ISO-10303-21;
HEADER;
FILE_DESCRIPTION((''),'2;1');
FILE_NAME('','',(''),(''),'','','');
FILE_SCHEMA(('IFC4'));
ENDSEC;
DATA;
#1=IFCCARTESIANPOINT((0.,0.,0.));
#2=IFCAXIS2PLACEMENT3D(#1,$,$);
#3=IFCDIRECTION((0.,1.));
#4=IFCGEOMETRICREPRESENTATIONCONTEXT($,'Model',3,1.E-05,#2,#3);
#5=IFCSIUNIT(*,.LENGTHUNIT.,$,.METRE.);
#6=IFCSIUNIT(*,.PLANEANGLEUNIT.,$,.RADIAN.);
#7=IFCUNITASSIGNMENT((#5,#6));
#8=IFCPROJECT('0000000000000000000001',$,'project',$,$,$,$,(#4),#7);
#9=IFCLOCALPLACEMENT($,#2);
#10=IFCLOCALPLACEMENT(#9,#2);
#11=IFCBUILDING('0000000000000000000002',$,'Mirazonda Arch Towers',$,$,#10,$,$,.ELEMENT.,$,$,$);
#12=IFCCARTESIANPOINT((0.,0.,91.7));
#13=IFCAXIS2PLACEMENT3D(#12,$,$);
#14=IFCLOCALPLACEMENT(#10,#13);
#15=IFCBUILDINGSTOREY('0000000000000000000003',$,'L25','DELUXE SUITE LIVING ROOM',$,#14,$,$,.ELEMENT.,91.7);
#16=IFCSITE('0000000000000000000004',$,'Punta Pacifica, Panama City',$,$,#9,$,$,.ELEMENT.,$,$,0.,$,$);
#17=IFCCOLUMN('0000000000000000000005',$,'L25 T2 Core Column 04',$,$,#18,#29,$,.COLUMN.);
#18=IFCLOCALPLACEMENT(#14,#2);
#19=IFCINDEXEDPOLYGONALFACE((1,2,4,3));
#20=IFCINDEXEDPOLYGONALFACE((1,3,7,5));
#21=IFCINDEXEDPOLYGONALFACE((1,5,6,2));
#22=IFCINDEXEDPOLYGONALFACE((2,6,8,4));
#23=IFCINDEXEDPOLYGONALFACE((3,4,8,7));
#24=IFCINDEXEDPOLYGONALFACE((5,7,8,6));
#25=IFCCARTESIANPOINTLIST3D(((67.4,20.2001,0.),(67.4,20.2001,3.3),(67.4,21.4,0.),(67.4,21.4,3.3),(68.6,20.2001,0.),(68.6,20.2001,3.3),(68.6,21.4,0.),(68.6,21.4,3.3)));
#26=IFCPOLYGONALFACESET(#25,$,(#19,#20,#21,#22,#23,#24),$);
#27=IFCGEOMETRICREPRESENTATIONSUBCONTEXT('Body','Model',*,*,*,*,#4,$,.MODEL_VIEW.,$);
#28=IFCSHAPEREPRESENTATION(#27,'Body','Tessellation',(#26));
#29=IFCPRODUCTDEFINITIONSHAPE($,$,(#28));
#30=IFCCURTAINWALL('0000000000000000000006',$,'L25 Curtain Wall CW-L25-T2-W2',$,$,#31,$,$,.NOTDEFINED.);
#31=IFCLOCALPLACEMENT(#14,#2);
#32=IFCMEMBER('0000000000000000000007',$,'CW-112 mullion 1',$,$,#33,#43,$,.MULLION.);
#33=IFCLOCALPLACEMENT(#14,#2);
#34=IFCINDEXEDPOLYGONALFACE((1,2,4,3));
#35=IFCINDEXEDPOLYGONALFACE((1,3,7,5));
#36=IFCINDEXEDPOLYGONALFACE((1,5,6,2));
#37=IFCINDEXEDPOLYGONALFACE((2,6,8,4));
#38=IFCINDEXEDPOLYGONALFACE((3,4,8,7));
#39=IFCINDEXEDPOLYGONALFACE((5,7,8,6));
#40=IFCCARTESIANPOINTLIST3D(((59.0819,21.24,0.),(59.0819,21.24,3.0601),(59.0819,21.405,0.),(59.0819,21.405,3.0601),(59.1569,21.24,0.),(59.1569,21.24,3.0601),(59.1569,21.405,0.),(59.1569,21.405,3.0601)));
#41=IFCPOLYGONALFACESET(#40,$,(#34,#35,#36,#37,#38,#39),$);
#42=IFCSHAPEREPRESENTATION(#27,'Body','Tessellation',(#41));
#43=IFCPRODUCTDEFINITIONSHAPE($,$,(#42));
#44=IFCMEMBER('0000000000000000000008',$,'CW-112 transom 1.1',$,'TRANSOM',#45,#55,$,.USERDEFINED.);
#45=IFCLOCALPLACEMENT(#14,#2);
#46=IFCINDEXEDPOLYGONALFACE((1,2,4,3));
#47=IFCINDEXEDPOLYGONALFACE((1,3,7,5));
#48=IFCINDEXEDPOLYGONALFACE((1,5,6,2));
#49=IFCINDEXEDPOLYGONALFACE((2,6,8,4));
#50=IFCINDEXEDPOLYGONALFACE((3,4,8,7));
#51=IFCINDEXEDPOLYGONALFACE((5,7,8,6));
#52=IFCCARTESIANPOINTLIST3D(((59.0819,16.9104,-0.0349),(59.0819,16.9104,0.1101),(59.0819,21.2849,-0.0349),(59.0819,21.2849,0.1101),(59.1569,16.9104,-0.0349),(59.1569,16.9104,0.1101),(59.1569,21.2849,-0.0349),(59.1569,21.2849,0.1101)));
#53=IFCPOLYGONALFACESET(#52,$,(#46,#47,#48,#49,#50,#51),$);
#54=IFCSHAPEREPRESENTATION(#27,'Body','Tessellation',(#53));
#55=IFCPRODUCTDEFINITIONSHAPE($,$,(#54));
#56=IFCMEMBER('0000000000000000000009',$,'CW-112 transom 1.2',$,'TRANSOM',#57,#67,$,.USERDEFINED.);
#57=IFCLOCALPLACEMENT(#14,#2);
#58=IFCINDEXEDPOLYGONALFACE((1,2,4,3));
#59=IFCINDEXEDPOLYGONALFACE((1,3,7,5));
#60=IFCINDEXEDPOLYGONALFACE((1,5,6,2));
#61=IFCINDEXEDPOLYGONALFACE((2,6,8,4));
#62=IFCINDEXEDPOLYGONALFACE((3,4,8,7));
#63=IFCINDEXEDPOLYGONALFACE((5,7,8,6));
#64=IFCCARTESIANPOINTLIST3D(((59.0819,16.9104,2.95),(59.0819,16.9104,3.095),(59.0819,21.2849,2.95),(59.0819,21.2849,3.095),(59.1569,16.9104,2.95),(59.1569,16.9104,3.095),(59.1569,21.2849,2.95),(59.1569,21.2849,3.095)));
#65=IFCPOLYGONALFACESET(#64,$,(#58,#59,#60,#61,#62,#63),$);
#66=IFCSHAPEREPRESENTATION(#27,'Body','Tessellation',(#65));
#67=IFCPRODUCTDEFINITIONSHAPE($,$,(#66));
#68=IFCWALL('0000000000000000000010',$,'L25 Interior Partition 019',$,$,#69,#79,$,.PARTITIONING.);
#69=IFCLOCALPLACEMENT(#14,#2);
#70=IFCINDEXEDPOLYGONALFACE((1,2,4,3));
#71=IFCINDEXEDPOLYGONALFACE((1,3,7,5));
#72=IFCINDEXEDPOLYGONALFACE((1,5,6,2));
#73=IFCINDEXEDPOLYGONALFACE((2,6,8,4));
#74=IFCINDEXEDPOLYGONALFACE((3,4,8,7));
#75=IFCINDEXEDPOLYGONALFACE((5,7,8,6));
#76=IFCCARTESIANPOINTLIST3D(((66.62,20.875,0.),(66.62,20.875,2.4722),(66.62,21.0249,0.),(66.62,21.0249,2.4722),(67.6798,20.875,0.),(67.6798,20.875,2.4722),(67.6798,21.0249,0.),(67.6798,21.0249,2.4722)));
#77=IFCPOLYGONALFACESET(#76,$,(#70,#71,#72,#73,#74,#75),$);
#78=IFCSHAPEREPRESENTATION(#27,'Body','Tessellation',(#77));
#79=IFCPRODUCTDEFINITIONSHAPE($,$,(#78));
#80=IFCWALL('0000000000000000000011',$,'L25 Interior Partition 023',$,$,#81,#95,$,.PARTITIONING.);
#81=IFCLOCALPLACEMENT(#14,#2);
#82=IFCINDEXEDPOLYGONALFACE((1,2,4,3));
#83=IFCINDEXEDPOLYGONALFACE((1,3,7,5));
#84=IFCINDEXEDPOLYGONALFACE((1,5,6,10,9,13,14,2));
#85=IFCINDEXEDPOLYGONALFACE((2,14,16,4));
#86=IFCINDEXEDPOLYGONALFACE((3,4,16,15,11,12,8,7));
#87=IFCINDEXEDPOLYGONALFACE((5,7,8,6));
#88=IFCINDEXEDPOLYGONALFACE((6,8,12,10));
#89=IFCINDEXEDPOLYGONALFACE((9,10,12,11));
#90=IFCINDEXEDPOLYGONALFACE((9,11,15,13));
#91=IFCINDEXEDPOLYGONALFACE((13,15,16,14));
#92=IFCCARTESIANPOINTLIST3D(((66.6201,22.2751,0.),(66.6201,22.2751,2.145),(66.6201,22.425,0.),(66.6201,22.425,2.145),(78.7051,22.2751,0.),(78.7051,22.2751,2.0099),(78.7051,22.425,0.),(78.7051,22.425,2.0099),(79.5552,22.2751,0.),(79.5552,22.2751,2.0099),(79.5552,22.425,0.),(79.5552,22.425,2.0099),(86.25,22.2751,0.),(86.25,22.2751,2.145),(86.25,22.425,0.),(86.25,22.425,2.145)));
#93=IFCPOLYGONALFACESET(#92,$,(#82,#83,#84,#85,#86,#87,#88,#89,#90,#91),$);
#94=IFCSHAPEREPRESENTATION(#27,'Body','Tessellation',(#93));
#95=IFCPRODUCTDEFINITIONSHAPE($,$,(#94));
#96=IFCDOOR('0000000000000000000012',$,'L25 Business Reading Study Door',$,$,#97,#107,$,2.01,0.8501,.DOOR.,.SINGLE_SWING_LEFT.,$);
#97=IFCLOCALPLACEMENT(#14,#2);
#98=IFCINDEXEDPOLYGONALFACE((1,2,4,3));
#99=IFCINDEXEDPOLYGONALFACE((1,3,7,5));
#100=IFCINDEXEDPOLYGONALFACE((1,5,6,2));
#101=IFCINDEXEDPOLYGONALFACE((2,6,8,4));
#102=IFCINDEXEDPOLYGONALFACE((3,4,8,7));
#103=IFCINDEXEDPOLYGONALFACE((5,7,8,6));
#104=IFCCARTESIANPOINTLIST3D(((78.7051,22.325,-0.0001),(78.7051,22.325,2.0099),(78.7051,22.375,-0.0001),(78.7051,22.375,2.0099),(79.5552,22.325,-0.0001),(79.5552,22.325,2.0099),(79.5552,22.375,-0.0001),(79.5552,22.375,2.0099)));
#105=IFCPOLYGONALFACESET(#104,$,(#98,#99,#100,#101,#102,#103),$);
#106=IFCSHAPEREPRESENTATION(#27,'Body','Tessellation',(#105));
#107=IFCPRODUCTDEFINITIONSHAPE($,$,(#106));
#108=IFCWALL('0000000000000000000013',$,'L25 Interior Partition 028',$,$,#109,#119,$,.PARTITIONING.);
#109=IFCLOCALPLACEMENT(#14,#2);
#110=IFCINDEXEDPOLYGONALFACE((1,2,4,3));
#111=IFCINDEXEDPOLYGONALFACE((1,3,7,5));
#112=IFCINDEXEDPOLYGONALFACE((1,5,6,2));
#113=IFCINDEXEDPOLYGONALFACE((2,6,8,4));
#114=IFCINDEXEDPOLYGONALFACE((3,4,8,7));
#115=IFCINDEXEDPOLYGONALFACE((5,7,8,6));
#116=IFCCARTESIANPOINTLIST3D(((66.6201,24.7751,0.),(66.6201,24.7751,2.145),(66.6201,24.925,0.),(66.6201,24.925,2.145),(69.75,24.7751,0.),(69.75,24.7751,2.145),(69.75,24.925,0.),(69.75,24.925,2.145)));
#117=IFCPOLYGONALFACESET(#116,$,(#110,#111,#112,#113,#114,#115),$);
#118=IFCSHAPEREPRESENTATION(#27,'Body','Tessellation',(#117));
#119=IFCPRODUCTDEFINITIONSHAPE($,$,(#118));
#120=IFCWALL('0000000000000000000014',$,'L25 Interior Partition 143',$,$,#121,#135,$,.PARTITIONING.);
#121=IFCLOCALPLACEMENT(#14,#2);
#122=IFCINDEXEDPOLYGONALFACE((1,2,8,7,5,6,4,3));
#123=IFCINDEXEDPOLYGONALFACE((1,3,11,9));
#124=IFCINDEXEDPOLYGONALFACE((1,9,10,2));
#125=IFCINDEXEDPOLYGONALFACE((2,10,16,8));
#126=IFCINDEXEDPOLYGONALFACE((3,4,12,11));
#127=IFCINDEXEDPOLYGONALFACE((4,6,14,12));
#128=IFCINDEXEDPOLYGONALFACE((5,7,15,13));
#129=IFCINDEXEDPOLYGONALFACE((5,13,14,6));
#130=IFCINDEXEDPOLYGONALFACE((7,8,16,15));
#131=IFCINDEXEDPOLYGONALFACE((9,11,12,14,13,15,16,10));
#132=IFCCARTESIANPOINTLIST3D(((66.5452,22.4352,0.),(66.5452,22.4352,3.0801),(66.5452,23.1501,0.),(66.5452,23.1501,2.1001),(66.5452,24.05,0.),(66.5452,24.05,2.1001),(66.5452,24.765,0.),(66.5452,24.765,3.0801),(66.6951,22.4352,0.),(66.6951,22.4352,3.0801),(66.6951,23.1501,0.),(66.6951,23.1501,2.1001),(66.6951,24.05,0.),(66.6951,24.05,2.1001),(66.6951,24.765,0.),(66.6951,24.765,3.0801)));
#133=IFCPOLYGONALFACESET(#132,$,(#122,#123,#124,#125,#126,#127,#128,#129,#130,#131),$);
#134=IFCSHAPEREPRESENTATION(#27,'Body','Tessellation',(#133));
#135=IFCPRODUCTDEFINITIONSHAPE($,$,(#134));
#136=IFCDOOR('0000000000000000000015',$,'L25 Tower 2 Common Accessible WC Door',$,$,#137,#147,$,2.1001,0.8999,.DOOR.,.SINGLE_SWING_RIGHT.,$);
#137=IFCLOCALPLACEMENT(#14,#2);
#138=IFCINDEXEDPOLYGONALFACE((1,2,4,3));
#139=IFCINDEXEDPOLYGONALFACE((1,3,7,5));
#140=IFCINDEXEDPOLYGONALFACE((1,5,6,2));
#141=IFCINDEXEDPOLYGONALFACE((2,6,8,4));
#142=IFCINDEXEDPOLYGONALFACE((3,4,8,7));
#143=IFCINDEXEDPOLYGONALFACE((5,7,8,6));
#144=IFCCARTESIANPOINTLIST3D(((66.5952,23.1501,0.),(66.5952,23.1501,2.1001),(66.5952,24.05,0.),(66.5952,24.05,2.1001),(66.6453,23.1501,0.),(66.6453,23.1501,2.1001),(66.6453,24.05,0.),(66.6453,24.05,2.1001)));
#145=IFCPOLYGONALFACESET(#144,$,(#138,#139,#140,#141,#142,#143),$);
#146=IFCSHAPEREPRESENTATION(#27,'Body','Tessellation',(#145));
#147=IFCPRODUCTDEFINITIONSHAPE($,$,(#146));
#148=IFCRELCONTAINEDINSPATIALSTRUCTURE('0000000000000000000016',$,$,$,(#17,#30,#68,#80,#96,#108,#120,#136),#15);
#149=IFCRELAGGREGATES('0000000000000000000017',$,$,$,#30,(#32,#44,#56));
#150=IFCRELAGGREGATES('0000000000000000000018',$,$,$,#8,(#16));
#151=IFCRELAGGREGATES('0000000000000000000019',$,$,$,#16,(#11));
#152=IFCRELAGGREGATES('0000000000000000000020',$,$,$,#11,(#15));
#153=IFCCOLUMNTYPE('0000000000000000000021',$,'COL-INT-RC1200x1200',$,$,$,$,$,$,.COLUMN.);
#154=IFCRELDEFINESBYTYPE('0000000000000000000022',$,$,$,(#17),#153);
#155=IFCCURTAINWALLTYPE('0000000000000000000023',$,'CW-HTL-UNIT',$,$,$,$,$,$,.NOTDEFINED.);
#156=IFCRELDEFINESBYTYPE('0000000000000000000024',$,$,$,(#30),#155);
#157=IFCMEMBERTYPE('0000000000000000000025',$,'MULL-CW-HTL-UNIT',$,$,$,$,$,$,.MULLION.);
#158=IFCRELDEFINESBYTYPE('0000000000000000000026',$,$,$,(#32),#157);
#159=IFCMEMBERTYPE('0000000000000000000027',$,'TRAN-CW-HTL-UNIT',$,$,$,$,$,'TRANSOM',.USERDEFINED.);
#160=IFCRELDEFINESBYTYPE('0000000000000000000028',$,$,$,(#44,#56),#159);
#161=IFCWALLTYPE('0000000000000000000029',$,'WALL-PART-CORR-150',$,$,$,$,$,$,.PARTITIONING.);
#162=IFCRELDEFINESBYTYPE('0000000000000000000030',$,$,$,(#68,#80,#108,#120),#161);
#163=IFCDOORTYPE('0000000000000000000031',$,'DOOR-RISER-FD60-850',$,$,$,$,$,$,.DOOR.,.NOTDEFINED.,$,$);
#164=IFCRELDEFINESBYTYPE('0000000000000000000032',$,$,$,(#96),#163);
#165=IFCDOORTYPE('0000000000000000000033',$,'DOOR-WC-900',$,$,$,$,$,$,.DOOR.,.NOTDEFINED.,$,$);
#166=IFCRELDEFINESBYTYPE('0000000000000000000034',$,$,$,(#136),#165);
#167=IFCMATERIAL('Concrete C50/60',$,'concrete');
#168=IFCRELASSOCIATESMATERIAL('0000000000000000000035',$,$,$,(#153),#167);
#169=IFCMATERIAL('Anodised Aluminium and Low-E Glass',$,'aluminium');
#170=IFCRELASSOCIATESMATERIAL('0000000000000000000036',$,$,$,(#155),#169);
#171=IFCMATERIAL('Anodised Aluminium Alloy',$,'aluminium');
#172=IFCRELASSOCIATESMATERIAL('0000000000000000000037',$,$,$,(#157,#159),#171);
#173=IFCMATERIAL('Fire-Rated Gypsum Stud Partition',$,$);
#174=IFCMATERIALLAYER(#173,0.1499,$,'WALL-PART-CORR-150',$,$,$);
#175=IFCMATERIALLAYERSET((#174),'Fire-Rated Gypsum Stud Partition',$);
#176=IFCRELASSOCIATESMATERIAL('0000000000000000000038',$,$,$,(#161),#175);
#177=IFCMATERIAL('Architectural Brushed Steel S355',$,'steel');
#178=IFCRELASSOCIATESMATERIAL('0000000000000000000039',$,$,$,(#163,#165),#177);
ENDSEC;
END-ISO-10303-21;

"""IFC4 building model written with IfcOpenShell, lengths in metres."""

from ifc_helpers import new_model, si_unit, direction, frame, frame_2d, origin, origin_2d, place, context, subcontext, project, spatial, rectangle, extrude, material, layer, layer_set, material_profile, profile_set, type_object, element, fill, aggregate, save


model = new_model("IFC4")

# Units and contexts
model_context = context("Model", 3, precision=1e-05, world=origin(), true_north=direction((0.0, 1.0)))
body_context = subcontext(model_context, "Body", "Model", "MODEL_VIEW")
ifc_project = project(units=[si_unit("LENGTHUNIT", "METRE"), si_unit("PLANEANGLEUNIT", "RADIAN")], contexts=[model_context])

# Site, building, storey
site_placement = place(None, origin())
site = spatial("IfcSite", under=ifc_project, at=site_placement, Name="Punta Pacifica, Panama City", CompositionType="ELEMENT", RefElevation=0.0)
building_placement = place(site_placement, origin())
building = spatial("IfcBuilding", under=site, at=building_placement, Name="Mirazonda Arch Towers", CompositionType="ELEMENT")
storey_placement = place(building_placement, frame((0.0, 0.0, 91.7)))
storey = spatial("IfcBuildingStorey", under=building, at=storey_placement, Name="L25", Description="DELUXE SUITE LIVING ROOM", CompositionType="ELEMENT", Elevation=91.7)

# Column
ifc_material_1 = material(Name="Concrete C50/60", Category="concrete")
ifc_material_profile_1 = material_profile(ifc_material_1, rectangle(XDim=1.2, YDim=1.2, at=origin_2d()), Name="RC1200x1200")
ifc_profile_set_1 = profile_set([ifc_material_profile_1], Name="Concrete C50/60")
column_type = type_object("IfcColumnType", Name="COL-INT-RC1200x1200", PredefinedType="COLUMN", material=ifc_profile_set_1)
column_placement = place(storey_placement, frame((68.0, 20.8, 0.0), z_axis=(0.0, 0.0, 1.0), x_axis=(1.0, 0.0, 0.0)))
element("IfcColumn", 1, at=column_placement, inside=storey, type_object=column_type, Name="L25 T2 Core Column 04", PredefinedType="COLUMN", context=body_context, shape_type="SweptSolid", body=[
    extrude(rectangle(XDim=1.2, YDim=1.2, at=origin_2d()), origin(), (0.0, 0.0, 1.0), 3.3),
])

# Curtain wall, members
ifc_material_2 = material(Name="Anodised Aluminium and Low-E Glass", Category="aluminium")
curtain_wall_type = type_object("IfcCurtainWallType", Name="CW-HTL-UNIT", PredefinedType="NOTDEFINED", material=ifc_material_2)
curtain_wall_placement = place(storey_placement, origin())
curtain_wall = element("IfcCurtainWall", 2, at=curtain_wall_placement, inside=storey, type_object=curtain_wall_type, Name="L25 Curtain Wall CW-L25-T2-W2", PredefinedType="NOTDEFINED")
ifc_material_3 = material(Name="Anodised Aluminium Alloy", Category="aluminium")
ifc_material_profile_2 = material_profile(ifc_material_3, rectangle(XDim=0.075, YDim=0.165, at=origin_2d()), Name="ALU-MULL-75x165")
ifc_profile_set_2 = profile_set([ifc_material_profile_2], Name="Anodised Aluminium Alloy")
member_type_1 = type_object("IfcMemberType", Name="MULL-CW-HTL-UNIT", PredefinedType="MULLION", material=ifc_profile_set_2)
member_1_placement = place(storey_placement, frame((59.1194, 21.3225, 0.0), z_axis=(0.0, 0.0, 1.0), x_axis=(1.0, 0.0, 0.0)))
member_1 = element("IfcMember", 3, at=member_1_placement, type_object=member_type_1, Name="CW-112 mullion 1", PredefinedType="MULLION", context=body_context, shape_type="SweptSolid", body=[
    extrude(rectangle(XDim=0.075, YDim=0.165, at=origin_2d()), origin(), (0.0, 0.0, 1.0), 3.0601),
])
ifc_material_profile_3 = material_profile(ifc_material_3, rectangle(XDim=0.075, YDim=0.145, at=origin_2d()), Name="ALU-TRAN-75x145")
ifc_profile_set_3 = profile_set([ifc_material_profile_3], Name="Anodised Aluminium Alloy")
member_type_2 = type_object("IfcMemberType", Name="TRAN-CW-HTL-UNIT", ElementType="TRANSOM", PredefinedType="USERDEFINED", material=ifc_profile_set_3)
member_2_placement = place(storey_placement, frame((59.1194, 21.2849, 0.0376), z_axis=(0.0, -1.0, 0.0), x_axis=(1.0, 0.0, 0.0)))
member_2 = element("IfcMember", 4, at=member_2_placement, type_object=member_type_2, Name="CW-112 transom 1.1", ObjectType="TRANSOM", PredefinedType="USERDEFINED", context=body_context, shape_type="SweptSolid", body=[
    extrude(rectangle(XDim=0.075, YDim=0.145, at=origin_2d()), origin(), (0.0, 0.0, 1.0), 4.3745),
])
member_3_placement = place(storey_placement, frame((59.1194, 21.2849, 3.0225), z_axis=(0.0, -1.0, 0.0), x_axis=(1.0, 0.0, 0.0)))
member_3 = element("IfcMember", 5, at=member_3_placement, type_object=member_type_2, Name="CW-112 transom 1.2", ObjectType="TRANSOM", PredefinedType="USERDEFINED", context=body_context, shape_type="SweptSolid", body=[
    extrude(rectangle(XDim=0.075, YDim=0.145, at=origin_2d()), origin(), (0.0, 0.0, 1.0), 4.3745),
])
aggregate(curtain_wall, [member_1, member_2, member_3])

# Wall
ifc_material_4 = material(Name="Fire-Rated Gypsum Stud Partition")
ifc_layer_1 = layer(ifc_material_4, 0.1499, Name="WALL-PART-CORR-150")
ifc_layer_set_1 = layer_set([ifc_layer_1], Name="Fire-Rated Gypsum Stud Partition")
wall_type_1 = type_object("IfcWallType", Name="WALL-PART-CORR-150", PredefinedType="PARTITIONING", material=ifc_layer_set_1)
wall_1_placement = place(storey_placement, frame((66.6201, 20.95, 0.0), z_axis=(0.0, 0.0, 1.0), x_axis=(1.0, 0.0, 0.0)))
element("IfcWall", 6, at=wall_1_placement, inside=storey, type_object=wall_type_1, Name="L25 Interior Partition 019", PredefinedType="PARTITIONING", context=body_context, shape_type="SweptSolid", body=[
    extrude(rectangle(XDim=1.0598, YDim=0.1499, at=frame_2d((0.5298, 0.0))), origin(), (0.0, 0.0, 1.0), 2.4722),
])

# Wall, opening, door
wall_2_placement = place(storey_placement, frame((66.6201, 22.3501, 0.0), z_axis=(0.0, 0.0, 1.0), x_axis=(1.0, 0.0, 0.0)))
wall_2 = element("IfcWall", 7, at=wall_2_placement, inside=storey, type_object=wall_type_1, Name="L25 Interior Partition 023", PredefinedType="PARTITIONING", context=body_context, shape_type="SweptSolid", body=[
    extrude(rectangle(XDim=19.6299, YDim=0.1499, at=frame_2d((9.8149, 0.0))), origin(), (0.0, 0.0, 1.0), 2.145),
])
opening_1_placement = place(wall_2_placement, frame((12.085, 0.0, 0.0)))
opening_1 = element("IfcOpeningElement", 8, at=opening_1_placement, cuts=wall_2, PredefinedType="OPENING", context=body_context, shape_type="SweptSolid", body=[
    extrude(rectangle(XDim=0.8501, YDim=2.01, at=frame_2d((0.425, 1.0049))), frame((0.0, 0.085, 0.0), z_axis=(0.0, -1.0, 0.0), x_axis=(1.0, 0.0, 0.0)), (0.0, 0.0, 1.0), 0.1699),
])
ifc_material_5 = material(Name="Architectural Brushed Steel S355", Category="steel")
door_type_1 = type_object("IfcDoorType", Name="DOOR-RISER-FD60-850", OperationType="NOTDEFINED", PredefinedType="DOOR", material=ifc_material_5)
door_1_placement = place(opening_1_placement, origin())
door_1 = element("IfcDoor", 9, at=door_1_placement, inside=storey, type_object=door_type_1, Name="L25 Business Reading Study Door", OperationType="SINGLE_SWING_LEFT", OverallHeight=2.01, OverallWidth=0.8501, PredefinedType="DOOR", context=body_context, shape_type="SweptSolid", body=[
    extrude(rectangle(XDim=0.8501, YDim=2.01, at=frame_2d((0.425, 1.0049))), frame((0.0, 0.0249, 0.0), z_axis=(0.0, -1.0, 0.0), x_axis=(1.0, 0.0, 0.0)), (0.0, 0.0, 1.0), 0.05),
])
fill(opening_1, door_1)

# Wall
wall_3_placement = place(storey_placement, frame((66.6201, 24.8501, 0.0), z_axis=(0.0, 0.0, 1.0), x_axis=(1.0, 0.0, 0.0)))
element("IfcWall", 10, at=wall_3_placement, inside=storey, type_object=wall_type_1, Name="L25 Interior Partition 028", PredefinedType="PARTITIONING", context=body_context, shape_type="SweptSolid", body=[
    extrude(rectangle(XDim=3.1299, YDim=0.1499, at=frame_2d((1.5649, 0.0))), origin(), (0.0, 0.0, 1.0), 2.145),
])

# Wall, opening, door
wall_4_placement = place(storey_placement, frame((66.6201, 22.4351, 0.0), z_axis=(0.0, 0.0, 1.0), x_axis=(0.0, 1.0, 0.0)))
wall_4 = element("IfcWall", 11, at=wall_4_placement, inside=storey, type_object=wall_type_1, Name="L25 Interior Partition 143", PredefinedType="PARTITIONING", context=body_context, shape_type="SweptSolid", body=[
    extrude(rectangle(XDim=2.3298, YDim=0.1499, at=frame_2d((1.165, 0.0))), origin(), (0.0, 0.0, 1.0), 3.0801),
])
opening_2_placement = place(wall_4_placement, frame((0.7151, 0.0, 0.0)))
opening_2 = element("IfcOpeningElement", 12, at=opening_2_placement, cuts=wall_4, PredefinedType="OPENING", context=body_context, shape_type="SweptSolid", body=[
    extrude(rectangle(XDim=0.8999, YDim=2.1001, at=frame_2d((0.45, 1.05))), frame((0.0, 0.085, 0.0), z_axis=(0.0, -1.0, 0.0), x_axis=(1.0, 0.0, 0.0)), (0.0, 0.0, 1.0), 0.1699),
])
door_type_2 = type_object("IfcDoorType", Name="DOOR-WC-900", OperationType="NOTDEFINED", PredefinedType="DOOR", material=ifc_material_5)
door_2_placement = place(opening_2_placement, origin())
door_2 = element("IfcDoor", 13, at=door_2_placement, inside=storey, type_object=door_type_2, Name="L25 Tower 2 Common Accessible WC Door", OperationType="SINGLE_SWING_RIGHT", OverallHeight=2.1001, OverallWidth=0.8999, PredefinedType="DOOR", context=body_context, shape_type="SweptSolid", body=[
    extrude(rectangle(XDim=0.8999, YDim=2.1001, at=frame_2d((0.45, 1.05))), frame((0.0, 0.0249, 0.0), z_axis=(0.0, -1.0, 0.0), x_axis=(1.0, 0.0, 0.0)), (0.0, 0.0, 1.0), 0.05),
])
fill(opening_2, door_2)

save(model, "model.ifc")
